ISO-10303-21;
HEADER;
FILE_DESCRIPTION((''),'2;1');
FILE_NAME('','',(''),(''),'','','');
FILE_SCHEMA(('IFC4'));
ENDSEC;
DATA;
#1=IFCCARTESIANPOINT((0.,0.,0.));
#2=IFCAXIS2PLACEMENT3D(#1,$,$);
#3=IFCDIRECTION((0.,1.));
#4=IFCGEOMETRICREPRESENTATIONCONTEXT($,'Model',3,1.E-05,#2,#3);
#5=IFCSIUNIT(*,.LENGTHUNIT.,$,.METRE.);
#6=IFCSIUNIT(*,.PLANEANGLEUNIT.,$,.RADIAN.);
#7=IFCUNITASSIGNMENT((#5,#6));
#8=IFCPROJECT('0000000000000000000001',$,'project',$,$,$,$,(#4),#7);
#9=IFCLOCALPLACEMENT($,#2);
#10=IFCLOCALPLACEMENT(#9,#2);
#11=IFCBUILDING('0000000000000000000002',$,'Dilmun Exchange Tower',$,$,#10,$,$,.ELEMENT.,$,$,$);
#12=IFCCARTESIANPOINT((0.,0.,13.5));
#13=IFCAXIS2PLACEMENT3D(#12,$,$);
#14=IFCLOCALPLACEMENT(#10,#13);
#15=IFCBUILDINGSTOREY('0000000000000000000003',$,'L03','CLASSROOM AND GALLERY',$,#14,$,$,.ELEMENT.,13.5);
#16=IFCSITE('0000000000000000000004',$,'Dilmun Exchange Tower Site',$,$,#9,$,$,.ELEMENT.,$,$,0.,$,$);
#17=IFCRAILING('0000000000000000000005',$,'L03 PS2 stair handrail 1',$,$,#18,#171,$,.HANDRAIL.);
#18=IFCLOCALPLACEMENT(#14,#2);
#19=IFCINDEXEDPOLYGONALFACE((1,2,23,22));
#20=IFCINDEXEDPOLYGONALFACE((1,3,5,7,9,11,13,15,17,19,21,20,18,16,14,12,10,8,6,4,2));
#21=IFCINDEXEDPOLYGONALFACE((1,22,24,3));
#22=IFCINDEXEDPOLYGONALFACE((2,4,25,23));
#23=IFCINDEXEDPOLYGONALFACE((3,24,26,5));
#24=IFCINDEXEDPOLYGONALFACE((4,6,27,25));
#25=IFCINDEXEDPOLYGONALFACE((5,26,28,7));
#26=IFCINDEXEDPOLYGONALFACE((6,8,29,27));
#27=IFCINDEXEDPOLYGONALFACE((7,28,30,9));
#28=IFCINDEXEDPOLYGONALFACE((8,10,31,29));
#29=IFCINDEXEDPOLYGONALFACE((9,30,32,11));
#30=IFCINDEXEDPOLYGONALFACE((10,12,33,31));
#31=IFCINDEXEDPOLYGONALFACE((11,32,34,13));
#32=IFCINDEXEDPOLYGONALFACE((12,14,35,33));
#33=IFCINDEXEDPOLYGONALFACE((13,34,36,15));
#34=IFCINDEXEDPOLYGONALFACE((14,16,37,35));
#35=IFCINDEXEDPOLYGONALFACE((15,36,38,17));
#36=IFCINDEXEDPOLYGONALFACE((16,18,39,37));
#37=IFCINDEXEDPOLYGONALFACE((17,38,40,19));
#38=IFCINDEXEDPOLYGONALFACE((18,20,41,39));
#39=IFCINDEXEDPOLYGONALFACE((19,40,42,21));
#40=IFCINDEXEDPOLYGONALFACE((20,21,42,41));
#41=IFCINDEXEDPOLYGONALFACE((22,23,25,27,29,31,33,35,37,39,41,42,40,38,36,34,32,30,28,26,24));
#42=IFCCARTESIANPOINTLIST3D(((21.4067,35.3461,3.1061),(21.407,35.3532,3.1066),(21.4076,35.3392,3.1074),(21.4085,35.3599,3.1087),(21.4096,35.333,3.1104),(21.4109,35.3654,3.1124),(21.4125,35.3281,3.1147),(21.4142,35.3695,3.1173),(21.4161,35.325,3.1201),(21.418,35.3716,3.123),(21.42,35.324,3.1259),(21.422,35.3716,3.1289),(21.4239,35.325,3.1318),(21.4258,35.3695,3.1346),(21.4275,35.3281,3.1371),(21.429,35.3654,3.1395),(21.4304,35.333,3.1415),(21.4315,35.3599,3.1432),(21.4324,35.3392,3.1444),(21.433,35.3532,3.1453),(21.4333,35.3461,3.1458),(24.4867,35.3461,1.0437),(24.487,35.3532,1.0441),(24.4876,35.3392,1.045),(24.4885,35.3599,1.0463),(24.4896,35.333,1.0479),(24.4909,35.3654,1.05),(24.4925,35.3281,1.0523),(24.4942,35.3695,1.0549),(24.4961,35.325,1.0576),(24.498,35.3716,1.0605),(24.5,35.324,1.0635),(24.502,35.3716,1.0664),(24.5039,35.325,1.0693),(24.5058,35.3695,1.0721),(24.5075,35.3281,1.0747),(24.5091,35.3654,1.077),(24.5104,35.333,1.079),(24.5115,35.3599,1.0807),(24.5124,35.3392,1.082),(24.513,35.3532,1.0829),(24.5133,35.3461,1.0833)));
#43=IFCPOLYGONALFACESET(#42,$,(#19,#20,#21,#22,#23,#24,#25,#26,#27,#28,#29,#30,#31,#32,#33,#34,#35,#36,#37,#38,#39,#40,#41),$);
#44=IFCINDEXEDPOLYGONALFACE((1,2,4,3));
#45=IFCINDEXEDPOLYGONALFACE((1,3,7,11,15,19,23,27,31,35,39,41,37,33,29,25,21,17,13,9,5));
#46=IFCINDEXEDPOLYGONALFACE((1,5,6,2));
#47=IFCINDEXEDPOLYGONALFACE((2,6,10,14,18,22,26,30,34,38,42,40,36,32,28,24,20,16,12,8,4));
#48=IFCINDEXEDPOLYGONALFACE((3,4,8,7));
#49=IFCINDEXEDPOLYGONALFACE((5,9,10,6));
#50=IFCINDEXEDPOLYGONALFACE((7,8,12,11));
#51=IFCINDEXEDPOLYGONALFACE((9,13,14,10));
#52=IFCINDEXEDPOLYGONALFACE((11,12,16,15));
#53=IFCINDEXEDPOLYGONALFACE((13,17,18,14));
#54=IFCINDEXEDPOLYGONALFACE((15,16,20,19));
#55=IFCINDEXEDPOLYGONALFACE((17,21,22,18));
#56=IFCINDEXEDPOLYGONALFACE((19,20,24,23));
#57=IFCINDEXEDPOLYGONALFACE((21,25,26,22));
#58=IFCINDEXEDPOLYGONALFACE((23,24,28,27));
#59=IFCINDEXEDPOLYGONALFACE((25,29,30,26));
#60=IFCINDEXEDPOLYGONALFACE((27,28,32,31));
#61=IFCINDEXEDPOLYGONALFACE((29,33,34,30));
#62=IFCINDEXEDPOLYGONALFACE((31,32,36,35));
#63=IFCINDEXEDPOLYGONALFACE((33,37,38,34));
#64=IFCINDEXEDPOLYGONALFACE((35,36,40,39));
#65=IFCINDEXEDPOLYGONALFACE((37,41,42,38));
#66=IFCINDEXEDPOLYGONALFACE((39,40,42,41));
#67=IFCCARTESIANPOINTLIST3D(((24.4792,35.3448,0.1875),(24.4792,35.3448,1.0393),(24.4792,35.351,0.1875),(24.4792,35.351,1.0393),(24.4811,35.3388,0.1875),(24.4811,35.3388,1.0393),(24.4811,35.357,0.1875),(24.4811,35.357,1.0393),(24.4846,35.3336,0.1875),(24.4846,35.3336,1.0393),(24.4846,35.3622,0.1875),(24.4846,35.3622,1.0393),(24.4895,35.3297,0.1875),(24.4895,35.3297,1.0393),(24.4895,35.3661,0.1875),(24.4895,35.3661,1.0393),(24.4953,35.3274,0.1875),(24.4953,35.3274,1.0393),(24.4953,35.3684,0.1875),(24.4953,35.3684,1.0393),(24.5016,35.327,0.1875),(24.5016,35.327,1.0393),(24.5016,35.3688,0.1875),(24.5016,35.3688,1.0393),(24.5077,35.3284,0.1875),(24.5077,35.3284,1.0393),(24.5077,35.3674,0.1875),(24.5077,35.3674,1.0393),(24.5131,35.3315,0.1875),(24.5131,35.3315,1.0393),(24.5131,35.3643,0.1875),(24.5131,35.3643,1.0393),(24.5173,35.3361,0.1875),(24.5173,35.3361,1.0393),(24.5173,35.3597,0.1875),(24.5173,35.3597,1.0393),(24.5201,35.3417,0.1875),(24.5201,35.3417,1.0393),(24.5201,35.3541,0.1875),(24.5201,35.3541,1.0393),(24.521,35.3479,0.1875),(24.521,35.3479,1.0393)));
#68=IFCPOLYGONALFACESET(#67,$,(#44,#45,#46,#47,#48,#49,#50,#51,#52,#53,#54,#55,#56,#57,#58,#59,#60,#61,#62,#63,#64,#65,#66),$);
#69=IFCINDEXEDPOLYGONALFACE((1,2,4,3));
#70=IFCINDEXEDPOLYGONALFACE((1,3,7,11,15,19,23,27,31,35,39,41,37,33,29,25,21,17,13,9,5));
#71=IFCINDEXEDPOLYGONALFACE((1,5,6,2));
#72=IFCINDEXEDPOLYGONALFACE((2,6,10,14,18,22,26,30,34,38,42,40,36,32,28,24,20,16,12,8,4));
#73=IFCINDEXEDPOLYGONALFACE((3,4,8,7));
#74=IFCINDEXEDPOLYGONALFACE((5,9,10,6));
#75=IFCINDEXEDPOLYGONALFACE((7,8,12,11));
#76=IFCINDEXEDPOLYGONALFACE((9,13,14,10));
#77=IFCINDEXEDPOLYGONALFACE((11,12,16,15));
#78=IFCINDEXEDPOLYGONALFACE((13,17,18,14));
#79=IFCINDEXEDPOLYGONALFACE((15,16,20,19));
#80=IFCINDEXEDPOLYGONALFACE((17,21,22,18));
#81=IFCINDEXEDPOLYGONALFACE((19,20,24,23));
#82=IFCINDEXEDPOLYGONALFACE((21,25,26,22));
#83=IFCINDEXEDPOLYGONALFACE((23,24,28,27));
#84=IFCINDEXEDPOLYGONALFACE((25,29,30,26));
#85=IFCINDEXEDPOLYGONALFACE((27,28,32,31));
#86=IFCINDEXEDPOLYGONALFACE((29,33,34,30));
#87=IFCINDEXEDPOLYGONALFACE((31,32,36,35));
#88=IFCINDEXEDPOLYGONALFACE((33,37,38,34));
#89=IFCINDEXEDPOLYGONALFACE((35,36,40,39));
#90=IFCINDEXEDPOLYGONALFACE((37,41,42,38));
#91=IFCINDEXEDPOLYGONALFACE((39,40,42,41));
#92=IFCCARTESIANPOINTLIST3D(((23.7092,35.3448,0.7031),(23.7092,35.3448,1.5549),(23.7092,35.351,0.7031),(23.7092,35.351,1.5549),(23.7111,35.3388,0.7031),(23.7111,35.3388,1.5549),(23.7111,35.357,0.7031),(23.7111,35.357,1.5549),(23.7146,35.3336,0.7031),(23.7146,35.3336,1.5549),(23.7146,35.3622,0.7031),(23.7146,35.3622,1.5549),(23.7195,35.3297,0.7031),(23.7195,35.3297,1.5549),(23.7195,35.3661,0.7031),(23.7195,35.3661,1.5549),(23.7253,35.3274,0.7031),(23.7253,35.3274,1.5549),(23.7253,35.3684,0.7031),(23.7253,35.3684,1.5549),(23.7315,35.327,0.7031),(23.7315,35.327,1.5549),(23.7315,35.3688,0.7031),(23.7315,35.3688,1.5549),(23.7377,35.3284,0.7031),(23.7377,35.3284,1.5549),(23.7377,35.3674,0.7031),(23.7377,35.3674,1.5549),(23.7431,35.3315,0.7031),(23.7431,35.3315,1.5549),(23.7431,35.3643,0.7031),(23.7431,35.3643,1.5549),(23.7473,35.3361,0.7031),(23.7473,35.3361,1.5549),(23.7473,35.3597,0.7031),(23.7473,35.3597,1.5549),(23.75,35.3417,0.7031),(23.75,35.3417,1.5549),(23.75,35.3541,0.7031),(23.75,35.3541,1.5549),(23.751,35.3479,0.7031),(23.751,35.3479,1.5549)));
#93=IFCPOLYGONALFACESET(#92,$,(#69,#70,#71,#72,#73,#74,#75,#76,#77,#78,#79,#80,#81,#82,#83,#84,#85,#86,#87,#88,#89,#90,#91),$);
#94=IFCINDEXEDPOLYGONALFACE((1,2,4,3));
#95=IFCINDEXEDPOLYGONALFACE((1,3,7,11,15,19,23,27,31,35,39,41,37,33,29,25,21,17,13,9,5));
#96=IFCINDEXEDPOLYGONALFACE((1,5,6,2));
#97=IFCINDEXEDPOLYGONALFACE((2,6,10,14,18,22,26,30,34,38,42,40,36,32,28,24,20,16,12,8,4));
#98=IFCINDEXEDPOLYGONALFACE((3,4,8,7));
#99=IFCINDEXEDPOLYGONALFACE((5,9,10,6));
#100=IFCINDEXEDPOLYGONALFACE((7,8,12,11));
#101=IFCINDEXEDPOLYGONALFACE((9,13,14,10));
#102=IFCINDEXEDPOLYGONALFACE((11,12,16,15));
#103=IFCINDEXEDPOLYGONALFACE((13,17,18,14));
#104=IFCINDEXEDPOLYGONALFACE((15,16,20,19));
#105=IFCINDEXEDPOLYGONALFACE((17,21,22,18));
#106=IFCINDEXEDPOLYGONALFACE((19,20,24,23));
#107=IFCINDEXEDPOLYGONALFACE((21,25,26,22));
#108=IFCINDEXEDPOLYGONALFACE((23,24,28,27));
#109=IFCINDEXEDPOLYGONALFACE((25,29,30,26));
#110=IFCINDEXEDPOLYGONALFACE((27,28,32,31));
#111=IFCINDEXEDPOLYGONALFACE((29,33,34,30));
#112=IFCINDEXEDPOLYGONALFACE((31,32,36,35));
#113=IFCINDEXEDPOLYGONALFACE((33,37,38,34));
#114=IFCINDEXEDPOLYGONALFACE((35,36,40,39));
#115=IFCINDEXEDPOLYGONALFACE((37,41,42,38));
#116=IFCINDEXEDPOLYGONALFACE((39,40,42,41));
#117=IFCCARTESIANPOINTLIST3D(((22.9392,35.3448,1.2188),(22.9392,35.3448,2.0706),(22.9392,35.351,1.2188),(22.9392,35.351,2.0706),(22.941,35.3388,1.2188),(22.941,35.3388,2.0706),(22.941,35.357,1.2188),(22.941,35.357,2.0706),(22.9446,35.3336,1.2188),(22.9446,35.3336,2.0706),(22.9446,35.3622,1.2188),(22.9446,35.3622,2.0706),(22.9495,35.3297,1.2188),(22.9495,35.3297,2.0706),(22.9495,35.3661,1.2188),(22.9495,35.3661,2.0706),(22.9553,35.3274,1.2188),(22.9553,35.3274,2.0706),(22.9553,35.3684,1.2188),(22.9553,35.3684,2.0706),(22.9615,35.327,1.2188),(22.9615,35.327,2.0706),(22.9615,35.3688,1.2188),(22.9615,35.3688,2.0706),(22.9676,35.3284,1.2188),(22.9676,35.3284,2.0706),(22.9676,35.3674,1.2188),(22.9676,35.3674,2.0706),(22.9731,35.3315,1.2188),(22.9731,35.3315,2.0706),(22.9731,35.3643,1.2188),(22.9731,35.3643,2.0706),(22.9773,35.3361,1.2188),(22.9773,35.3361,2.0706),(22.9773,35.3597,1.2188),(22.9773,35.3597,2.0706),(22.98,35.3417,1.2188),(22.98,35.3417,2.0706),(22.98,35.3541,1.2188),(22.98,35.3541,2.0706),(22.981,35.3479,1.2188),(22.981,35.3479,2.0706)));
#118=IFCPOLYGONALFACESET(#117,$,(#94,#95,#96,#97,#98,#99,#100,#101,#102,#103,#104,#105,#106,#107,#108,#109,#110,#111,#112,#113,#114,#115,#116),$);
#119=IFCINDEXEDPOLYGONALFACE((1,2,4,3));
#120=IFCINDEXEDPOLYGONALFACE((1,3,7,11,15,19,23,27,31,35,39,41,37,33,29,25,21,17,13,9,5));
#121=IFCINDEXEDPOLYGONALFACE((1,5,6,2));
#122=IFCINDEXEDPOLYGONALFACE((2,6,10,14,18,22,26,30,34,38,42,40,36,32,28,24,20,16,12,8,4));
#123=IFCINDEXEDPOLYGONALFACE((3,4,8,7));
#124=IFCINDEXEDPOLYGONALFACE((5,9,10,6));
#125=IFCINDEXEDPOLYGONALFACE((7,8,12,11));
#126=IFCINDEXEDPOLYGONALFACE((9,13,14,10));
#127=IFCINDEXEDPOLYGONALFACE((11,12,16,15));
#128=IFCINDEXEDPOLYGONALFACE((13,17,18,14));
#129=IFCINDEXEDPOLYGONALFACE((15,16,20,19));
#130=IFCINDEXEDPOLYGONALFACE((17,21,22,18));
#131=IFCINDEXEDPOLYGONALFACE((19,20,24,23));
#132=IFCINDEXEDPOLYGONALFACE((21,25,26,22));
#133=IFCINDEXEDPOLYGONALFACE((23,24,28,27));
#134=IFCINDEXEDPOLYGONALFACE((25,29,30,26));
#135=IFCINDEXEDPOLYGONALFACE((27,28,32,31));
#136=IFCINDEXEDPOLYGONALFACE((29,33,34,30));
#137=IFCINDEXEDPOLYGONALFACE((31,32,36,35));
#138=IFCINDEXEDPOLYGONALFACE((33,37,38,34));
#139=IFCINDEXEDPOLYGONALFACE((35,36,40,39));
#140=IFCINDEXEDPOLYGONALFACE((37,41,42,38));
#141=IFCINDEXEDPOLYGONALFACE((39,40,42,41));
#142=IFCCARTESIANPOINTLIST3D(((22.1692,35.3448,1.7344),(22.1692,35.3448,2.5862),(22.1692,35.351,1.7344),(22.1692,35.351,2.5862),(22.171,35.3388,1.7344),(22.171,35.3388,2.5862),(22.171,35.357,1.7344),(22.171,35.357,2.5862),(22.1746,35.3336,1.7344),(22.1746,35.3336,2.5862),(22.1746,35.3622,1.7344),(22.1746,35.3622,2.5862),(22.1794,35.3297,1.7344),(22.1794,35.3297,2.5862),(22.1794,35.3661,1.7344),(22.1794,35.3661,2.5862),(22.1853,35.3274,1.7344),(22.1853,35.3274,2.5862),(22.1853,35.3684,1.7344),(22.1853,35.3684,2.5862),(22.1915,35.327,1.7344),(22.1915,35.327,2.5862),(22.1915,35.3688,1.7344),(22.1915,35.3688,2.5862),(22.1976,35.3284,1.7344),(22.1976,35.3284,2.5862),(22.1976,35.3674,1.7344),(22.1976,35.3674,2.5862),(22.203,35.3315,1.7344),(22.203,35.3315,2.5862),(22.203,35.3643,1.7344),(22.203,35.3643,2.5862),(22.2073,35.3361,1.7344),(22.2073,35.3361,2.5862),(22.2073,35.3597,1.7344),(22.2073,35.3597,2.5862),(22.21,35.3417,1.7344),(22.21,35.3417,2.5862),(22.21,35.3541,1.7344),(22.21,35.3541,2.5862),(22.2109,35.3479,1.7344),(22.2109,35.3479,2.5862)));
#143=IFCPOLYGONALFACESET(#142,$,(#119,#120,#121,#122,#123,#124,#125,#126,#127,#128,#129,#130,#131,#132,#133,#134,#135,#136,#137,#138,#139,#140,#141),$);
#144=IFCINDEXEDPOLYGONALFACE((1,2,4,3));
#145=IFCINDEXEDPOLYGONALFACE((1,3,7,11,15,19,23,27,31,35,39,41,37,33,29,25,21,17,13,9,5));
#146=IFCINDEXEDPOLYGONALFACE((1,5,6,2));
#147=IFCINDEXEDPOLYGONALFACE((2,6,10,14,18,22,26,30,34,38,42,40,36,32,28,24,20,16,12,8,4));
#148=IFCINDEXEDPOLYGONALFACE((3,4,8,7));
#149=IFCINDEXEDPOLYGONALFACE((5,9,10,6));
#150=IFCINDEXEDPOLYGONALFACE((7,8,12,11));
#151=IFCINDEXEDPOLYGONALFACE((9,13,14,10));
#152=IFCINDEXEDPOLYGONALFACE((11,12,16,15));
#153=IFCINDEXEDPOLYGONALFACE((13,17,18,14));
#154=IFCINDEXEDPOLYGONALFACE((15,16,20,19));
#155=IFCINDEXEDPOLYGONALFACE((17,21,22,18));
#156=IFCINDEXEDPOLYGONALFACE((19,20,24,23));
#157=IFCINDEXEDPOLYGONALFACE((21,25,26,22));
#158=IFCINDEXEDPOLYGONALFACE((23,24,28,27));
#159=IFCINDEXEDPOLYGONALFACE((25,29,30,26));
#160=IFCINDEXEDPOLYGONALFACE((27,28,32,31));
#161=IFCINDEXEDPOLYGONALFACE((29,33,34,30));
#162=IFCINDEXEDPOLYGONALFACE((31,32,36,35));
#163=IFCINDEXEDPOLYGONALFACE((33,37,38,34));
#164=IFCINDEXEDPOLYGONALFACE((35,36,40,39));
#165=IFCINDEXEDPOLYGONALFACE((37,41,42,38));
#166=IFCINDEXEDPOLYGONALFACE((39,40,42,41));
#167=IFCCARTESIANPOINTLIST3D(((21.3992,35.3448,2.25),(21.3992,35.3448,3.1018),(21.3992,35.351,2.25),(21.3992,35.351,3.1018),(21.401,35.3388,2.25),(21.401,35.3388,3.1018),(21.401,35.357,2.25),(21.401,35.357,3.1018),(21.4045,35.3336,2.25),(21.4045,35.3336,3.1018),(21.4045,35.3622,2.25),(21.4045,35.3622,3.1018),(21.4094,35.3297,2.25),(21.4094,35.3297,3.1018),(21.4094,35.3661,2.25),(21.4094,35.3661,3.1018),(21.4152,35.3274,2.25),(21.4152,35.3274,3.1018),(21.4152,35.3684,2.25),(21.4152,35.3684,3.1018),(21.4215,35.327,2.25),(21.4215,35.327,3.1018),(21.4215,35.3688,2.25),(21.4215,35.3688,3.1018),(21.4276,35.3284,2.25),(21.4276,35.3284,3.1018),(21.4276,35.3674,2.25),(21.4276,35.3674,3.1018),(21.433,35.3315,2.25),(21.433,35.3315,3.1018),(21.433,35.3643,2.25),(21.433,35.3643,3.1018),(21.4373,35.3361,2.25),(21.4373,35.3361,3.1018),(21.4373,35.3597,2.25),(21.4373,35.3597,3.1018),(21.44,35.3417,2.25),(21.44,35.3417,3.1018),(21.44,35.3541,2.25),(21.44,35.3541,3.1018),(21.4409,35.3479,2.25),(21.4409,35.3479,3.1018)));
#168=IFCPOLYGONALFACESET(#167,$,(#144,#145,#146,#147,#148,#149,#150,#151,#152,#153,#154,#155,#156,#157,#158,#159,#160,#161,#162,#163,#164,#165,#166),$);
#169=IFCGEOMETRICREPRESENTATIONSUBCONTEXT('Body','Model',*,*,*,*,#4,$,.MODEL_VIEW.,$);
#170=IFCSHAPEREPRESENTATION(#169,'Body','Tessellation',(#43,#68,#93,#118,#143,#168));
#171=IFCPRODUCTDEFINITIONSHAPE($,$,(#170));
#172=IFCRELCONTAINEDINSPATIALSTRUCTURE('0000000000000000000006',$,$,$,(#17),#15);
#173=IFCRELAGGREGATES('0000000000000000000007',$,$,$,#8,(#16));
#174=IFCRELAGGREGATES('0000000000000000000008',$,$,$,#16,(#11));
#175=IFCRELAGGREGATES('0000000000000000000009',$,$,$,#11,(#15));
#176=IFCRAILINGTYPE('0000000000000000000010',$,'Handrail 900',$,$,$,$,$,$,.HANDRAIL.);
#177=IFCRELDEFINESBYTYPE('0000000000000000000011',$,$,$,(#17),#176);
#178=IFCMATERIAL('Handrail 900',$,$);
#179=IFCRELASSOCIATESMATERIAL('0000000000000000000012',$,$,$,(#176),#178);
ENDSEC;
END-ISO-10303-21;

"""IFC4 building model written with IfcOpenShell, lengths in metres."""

from ifc_helpers import new_model, si_unit, direction, frame, origin, origin_2d, place, context, subcontext, project, spatial, circle, extrude, material, type_object, element, save


model = new_model("IFC4")

# Units and contexts
model_context = context("Model", 3, precision=1e-05, world=origin(), true_north=direction((0.0, 1.0)))
body_context = subcontext(model_context, "Body", "Model", "MODEL_VIEW")
ifc_project = project(units=[si_unit("LENGTHUNIT", "METRE"), si_unit("PLANEANGLEUNIT", "RADIAN")], contexts=[model_context])

# Site, building, storey
site_placement = place(None, origin())
site = spatial("IfcSite", under=ifc_project, at=site_placement, Name="Dilmun Exchange Tower Site", CompositionType="ELEMENT", RefElevation=0.0)
building_placement = place(site_placement, origin())
building = spatial("IfcBuilding", under=site, at=building_placement, Name="Dilmun Exchange Tower", CompositionType="ELEMENT")
storey_placement = place(building_placement, frame((0.0, 0.0, 13.5)))
storey = spatial("IfcBuildingStorey", under=building, at=storey_placement, Name="L03", Description="CLASSROOM AND GALLERY", CompositionType="ELEMENT", Elevation=13.5)

# Railing
ifc_material_1 = material(Name="Handrail 900")
railing_type_1 = type_object("IfcRailingType", Name="Handrail 900", PredefinedType="HANDRAIL", material=ifc_material_1)
railing_1_placement = place(storey_placement, frame((24.5, 35.3479, 0.1875)))
element("IfcRailing", 1, at=railing_1_placement, inside=storey, type_object=railing_type_1, Name="L03 PS2 stair handrail 1", PredefinedType="HANDRAIL", context=body_context, shape_type="SweptSolid", body=[
    extrude(circle(Radius=0.0239, at=origin_2d()), frame((0.0, 0.0, 0.876), z_axis=(-0.830914, 0.0, 0.556401), x_axis=(0.0, -1.0, 0.0)), (0.0, 0.0, 1.0), 3.7068),
    extrude(circle(Radius=0.021, at=origin_2d()), origin(), (0.0, 0.0, 1.0), 0.8518),
    extrude(circle(Radius=0.021, at=origin_2d()), frame((-0.77, 0.0, 0.5156)), (0.0, 0.0, 1.0), 0.8518),
    extrude(circle(Radius=0.021, at=origin_2d()), frame((-1.54, 0.0, 1.0312)), (0.0, 0.0, 1.0), 0.8518),
    extrude(circle(Radius=0.021, at=origin_2d()), frame((-2.3101, 0.0, 1.5469)), (0.0, 0.0, 1.0), 0.8518),
    extrude(circle(Radius=0.021, at=origin_2d()), frame((-3.0801, 0.0, 2.0625)), (0.0, 0.0, 1.0), 0.8518),
])

save(model, "model.ifc")
